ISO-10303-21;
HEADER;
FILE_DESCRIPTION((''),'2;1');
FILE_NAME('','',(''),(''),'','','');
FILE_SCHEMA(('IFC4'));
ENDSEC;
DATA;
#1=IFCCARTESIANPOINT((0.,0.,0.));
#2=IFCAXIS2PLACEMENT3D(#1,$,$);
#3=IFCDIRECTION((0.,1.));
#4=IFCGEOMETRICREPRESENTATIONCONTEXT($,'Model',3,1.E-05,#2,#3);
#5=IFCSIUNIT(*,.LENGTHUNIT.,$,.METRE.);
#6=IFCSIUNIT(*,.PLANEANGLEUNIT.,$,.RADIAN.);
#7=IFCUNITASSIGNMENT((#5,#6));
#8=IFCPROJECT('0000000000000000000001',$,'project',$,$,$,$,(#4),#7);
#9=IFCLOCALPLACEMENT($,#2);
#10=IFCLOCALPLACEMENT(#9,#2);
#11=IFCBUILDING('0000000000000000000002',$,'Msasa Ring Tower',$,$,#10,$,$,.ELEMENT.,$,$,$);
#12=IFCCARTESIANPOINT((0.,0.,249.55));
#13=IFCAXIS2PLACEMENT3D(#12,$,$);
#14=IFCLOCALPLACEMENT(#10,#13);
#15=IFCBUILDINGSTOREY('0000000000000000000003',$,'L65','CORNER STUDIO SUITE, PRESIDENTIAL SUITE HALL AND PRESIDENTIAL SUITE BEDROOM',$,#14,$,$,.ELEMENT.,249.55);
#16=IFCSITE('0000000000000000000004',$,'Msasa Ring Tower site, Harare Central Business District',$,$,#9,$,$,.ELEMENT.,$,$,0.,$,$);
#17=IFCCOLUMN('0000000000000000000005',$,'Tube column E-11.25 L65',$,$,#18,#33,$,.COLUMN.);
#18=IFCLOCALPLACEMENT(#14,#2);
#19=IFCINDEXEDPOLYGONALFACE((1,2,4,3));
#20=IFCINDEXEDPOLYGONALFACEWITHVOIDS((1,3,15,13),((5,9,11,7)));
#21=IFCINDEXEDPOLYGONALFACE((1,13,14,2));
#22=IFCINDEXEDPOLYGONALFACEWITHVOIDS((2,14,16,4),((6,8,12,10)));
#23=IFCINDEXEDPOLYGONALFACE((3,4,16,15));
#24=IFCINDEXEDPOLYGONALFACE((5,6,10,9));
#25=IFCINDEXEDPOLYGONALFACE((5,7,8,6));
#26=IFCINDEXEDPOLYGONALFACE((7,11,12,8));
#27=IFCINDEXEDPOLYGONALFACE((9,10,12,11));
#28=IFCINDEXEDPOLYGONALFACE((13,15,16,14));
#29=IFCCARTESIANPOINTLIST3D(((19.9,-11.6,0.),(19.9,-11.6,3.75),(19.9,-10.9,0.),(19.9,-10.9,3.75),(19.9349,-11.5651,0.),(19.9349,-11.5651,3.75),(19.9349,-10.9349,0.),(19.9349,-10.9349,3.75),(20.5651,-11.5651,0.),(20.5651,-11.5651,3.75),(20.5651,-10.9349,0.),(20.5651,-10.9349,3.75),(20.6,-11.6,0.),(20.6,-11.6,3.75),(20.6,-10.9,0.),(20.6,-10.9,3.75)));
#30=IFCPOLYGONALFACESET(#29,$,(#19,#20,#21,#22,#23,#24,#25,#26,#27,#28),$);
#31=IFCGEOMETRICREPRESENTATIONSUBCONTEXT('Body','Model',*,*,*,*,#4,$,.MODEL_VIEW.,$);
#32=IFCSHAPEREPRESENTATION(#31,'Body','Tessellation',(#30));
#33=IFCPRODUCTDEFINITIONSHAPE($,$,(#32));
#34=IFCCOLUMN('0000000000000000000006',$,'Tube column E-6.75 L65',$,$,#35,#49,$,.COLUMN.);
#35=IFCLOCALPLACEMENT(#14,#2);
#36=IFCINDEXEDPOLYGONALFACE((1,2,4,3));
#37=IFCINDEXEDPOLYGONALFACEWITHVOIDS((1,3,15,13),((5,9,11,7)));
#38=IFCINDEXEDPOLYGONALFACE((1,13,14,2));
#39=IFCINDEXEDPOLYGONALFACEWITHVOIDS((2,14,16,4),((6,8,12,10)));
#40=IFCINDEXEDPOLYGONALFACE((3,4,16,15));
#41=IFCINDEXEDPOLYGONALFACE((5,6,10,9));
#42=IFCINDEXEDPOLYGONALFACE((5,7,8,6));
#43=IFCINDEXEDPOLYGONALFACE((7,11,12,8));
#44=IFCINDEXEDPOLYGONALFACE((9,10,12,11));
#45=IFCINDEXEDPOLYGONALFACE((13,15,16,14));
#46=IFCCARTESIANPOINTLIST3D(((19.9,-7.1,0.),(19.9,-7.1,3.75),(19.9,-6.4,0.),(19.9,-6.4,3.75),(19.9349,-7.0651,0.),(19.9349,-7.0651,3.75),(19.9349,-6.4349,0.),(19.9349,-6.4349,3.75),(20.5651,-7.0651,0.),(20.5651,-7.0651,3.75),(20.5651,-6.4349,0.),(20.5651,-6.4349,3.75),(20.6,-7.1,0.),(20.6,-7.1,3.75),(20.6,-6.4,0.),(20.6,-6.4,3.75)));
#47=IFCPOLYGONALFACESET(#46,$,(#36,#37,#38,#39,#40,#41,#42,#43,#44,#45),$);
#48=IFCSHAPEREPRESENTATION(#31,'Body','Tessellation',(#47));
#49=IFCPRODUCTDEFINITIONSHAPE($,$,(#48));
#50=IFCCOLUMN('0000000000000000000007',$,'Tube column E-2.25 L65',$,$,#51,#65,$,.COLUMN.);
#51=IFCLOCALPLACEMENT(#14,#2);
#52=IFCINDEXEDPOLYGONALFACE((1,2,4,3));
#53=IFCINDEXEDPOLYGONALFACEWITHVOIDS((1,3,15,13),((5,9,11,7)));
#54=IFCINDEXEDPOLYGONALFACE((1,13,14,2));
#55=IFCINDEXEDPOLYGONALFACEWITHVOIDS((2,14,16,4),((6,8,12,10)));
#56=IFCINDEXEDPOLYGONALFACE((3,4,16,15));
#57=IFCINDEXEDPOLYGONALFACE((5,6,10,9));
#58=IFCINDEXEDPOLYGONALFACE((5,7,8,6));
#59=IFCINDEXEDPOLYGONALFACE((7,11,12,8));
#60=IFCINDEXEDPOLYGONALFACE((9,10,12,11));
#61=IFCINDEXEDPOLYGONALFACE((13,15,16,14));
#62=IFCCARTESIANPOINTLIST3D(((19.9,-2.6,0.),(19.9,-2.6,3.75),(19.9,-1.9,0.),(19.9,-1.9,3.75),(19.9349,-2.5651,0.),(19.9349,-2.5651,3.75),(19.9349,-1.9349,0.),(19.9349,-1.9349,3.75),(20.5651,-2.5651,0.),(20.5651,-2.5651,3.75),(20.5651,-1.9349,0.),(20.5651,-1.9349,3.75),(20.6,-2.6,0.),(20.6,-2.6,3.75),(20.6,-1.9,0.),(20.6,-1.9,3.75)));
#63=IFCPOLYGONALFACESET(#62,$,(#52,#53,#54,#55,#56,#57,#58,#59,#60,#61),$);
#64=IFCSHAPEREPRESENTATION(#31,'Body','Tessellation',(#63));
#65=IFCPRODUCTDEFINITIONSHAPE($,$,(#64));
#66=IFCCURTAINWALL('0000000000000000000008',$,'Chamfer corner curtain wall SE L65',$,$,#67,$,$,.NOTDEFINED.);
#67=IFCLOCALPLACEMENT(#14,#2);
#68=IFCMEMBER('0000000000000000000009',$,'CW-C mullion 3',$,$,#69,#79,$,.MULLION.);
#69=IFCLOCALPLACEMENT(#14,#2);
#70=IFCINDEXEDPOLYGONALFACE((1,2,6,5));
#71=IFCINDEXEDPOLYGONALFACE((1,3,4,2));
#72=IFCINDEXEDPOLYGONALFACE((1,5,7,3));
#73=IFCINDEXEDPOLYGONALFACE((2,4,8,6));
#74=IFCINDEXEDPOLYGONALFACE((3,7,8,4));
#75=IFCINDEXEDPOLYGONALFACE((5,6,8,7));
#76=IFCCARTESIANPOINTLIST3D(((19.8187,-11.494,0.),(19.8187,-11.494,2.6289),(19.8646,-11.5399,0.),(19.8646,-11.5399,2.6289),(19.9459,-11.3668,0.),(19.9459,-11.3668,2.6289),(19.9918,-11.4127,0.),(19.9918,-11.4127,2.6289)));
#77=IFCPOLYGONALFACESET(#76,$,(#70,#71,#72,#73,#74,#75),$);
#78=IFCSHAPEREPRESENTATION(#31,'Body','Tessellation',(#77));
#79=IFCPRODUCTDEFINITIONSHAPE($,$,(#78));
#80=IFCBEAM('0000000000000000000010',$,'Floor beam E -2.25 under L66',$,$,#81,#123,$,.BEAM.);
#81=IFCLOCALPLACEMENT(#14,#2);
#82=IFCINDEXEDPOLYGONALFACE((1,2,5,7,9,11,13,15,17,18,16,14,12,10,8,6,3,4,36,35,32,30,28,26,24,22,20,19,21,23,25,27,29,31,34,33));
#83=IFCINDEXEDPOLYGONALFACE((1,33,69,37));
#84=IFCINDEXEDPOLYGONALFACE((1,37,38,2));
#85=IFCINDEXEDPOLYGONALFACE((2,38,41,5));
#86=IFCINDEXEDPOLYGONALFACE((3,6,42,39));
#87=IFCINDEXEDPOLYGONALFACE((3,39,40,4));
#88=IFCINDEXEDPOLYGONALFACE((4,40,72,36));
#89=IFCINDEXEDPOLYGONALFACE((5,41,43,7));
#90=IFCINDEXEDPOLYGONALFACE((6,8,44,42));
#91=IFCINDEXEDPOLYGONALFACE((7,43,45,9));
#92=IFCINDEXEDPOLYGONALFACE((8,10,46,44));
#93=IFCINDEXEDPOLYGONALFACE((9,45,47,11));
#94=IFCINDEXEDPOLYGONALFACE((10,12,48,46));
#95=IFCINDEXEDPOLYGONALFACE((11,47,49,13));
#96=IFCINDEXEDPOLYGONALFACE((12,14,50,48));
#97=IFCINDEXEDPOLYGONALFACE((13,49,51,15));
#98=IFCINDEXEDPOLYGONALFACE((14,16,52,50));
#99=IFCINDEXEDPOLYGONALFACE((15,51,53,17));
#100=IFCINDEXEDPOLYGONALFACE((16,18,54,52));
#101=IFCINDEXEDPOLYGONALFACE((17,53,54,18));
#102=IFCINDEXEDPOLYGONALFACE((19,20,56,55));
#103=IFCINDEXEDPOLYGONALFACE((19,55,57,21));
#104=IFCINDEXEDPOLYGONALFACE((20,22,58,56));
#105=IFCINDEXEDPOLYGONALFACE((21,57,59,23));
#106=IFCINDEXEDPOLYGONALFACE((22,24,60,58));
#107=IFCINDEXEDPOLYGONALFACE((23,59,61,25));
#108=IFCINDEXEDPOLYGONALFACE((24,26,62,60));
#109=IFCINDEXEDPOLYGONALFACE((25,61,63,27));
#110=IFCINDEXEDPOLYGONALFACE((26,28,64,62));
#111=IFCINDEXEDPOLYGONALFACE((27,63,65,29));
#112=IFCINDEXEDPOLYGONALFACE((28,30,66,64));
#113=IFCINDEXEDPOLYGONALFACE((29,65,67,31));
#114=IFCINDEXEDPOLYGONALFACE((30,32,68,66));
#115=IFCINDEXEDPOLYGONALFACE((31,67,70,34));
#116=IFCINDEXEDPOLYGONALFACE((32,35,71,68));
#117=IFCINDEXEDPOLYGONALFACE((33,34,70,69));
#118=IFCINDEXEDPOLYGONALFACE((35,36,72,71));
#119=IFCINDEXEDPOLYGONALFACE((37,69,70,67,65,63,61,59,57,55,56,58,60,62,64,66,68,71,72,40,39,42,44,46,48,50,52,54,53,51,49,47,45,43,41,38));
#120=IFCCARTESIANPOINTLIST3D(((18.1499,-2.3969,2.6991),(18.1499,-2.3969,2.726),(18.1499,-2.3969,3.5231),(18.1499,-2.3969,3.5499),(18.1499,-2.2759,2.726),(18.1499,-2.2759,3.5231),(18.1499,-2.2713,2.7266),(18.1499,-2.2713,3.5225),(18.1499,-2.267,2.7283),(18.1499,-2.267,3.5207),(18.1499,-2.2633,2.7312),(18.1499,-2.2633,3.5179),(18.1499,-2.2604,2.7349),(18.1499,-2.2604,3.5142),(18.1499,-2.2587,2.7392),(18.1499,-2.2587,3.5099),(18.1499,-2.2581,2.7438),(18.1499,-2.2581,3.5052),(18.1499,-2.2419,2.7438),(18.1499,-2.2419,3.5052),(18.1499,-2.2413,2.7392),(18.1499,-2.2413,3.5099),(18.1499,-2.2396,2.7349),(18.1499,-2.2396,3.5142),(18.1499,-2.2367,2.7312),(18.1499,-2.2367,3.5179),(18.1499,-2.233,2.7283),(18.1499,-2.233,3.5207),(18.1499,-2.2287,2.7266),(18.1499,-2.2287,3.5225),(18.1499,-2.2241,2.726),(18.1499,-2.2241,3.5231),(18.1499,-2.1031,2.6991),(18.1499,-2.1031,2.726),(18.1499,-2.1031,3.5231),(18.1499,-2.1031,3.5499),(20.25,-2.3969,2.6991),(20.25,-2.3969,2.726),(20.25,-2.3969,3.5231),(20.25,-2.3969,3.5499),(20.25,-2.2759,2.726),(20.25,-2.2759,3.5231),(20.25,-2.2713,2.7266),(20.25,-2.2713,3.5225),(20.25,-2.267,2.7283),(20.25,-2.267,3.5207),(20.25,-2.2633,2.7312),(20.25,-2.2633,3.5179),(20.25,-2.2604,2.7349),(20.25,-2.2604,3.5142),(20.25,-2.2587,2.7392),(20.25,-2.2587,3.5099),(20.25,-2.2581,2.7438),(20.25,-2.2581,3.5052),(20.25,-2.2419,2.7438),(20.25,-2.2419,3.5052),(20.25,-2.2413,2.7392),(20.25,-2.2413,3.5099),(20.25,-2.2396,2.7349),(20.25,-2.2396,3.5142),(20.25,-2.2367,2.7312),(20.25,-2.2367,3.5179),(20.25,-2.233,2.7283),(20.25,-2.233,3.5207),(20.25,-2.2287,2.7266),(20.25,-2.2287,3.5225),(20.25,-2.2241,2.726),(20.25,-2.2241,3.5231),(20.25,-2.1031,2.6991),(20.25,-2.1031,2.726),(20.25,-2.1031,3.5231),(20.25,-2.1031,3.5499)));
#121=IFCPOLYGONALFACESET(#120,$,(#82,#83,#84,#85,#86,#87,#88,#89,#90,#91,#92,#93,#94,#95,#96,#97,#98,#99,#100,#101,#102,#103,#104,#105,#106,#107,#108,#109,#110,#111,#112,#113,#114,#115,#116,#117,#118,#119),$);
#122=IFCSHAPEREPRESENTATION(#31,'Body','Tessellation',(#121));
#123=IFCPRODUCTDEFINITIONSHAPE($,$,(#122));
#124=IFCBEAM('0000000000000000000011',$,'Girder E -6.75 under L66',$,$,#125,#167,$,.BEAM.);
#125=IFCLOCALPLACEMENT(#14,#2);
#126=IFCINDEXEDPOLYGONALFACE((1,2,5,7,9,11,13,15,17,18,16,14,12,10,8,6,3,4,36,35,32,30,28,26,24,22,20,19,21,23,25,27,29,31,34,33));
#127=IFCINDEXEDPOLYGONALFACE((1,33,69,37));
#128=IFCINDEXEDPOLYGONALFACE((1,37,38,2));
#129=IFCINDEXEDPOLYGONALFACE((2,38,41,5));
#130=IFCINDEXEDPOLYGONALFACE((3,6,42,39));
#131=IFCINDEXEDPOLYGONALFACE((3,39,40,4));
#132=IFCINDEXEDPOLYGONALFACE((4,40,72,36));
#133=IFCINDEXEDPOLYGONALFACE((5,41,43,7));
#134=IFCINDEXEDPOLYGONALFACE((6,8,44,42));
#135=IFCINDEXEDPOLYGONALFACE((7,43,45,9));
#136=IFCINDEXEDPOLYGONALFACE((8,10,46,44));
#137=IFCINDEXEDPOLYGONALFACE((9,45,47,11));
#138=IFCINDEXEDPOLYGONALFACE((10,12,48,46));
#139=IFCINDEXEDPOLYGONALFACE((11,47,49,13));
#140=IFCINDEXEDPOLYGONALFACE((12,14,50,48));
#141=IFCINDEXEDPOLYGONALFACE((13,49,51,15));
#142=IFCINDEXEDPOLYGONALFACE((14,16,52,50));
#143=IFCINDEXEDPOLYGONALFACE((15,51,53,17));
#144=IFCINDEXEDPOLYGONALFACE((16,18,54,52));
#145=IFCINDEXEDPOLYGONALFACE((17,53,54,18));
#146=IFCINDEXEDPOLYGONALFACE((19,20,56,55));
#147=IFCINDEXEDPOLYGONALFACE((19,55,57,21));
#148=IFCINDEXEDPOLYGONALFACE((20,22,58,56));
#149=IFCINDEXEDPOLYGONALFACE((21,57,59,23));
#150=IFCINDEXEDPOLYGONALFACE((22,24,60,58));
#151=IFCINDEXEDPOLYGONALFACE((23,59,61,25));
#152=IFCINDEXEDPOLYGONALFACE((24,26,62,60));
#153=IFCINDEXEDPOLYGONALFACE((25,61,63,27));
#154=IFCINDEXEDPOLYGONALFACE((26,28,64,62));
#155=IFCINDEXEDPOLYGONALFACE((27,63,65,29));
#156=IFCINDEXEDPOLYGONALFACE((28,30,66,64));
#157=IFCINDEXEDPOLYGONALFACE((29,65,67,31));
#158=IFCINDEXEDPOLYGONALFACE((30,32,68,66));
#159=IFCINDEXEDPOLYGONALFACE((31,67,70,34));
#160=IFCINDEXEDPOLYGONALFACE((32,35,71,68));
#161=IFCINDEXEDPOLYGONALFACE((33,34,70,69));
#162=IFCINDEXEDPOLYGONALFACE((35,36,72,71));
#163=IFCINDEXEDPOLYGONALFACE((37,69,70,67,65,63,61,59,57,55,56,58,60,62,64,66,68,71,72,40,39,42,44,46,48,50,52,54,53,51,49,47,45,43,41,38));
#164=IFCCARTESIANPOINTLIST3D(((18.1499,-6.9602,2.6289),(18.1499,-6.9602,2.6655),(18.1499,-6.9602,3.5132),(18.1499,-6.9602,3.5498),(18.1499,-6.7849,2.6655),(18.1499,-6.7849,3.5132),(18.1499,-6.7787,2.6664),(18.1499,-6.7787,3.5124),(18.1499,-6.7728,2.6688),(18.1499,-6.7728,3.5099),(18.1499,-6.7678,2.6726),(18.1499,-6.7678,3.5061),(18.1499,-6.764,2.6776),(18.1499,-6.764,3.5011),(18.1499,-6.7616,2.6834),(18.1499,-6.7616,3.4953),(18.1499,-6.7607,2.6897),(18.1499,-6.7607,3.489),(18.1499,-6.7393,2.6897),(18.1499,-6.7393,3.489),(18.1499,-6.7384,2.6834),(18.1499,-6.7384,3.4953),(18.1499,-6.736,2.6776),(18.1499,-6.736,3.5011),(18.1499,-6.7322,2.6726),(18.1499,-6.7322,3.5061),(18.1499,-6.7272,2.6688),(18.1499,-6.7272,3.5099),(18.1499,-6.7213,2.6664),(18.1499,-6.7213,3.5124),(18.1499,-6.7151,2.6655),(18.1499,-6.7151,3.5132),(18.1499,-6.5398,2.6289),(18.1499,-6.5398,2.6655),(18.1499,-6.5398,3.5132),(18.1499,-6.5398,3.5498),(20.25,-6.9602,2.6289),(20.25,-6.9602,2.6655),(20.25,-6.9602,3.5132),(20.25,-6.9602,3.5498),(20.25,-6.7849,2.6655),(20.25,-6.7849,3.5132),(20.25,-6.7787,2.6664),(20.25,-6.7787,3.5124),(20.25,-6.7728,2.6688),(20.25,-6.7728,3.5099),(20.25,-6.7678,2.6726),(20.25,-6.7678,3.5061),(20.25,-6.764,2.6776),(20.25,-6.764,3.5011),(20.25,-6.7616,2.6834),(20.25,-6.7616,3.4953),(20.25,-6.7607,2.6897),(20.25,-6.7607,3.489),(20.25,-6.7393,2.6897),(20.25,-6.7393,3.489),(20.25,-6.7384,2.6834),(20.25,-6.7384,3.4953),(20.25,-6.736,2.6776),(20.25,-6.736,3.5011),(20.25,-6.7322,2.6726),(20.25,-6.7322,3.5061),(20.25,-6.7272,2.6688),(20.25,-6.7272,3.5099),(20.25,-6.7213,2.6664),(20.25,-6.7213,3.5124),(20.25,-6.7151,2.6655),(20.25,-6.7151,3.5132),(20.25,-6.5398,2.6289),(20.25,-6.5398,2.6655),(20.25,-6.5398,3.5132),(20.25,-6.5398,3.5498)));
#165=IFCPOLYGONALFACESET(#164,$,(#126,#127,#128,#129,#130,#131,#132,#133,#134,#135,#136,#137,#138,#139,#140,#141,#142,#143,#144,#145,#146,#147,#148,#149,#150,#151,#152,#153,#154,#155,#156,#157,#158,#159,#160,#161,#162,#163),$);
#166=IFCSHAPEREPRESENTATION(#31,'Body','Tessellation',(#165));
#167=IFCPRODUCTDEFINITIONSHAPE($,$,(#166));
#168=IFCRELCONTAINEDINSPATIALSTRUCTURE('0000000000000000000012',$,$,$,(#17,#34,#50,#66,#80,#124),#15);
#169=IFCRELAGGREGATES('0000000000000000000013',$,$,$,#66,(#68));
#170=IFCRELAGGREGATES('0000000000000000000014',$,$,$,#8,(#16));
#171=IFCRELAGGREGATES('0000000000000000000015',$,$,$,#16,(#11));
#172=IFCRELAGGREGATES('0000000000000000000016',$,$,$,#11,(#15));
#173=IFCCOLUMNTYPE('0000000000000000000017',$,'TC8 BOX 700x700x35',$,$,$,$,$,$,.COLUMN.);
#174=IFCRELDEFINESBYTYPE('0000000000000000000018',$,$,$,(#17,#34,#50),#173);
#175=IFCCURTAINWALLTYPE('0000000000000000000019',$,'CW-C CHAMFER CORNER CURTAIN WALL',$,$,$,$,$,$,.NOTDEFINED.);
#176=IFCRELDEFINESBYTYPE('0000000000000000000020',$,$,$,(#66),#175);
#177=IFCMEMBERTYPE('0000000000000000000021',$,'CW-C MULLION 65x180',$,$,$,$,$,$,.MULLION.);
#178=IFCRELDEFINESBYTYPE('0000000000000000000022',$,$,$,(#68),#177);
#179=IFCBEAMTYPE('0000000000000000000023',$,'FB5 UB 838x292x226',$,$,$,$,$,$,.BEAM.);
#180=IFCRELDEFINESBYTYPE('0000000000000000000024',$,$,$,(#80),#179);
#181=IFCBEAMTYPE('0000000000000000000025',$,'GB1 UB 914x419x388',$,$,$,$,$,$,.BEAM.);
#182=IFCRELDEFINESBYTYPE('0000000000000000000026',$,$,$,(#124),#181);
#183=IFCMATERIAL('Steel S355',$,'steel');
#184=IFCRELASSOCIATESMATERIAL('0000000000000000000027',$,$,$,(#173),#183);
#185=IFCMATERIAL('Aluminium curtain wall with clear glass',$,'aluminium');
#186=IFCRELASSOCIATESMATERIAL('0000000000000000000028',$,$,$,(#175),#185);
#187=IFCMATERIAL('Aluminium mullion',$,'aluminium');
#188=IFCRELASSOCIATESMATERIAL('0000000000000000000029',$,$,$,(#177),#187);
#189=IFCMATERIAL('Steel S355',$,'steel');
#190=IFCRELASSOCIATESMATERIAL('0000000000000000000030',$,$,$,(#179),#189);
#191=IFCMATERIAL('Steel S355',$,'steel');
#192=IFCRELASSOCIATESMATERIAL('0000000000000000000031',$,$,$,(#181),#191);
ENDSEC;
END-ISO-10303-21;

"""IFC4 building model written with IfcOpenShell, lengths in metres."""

from ifc_helpers import new_model, si_unit, direction, frame, origin, origin_2d, place, context, subcontext, project, spatial, rectangle, hollow_rectangle, i_section, extrude, material, material_profile, profile_set, type_object, element, aggregate, save


model = new_model("IFC4")

# Units and contexts
model_context = context("Model", 3, precision=1e-05, world=origin(), true_north=direction((0.0, 1.0)))
body_context = subcontext(model_context, "Body", "Model", "MODEL_VIEW")
ifc_project = project(units=[si_unit("LENGTHUNIT", "METRE"), si_unit("PLANEANGLEUNIT", "RADIAN")], contexts=[model_context])

# Site, building, storey
site_placement = place(None, origin())
site = spatial("IfcSite", under=ifc_project, at=site_placement, Name="Msasa Ring Tower site, Harare Central Business District", CompositionType="ELEMENT", RefElevation=0.0)
building_placement = place(site_placement, origin())
building = spatial("IfcBuilding", under=site, at=building_placement, Name="Msasa Ring Tower", CompositionType="ELEMENT")
storey_placement = place(building_placement, frame((0.0, 0.0, 249.55)))
storey = spatial("IfcBuildingStorey", under=building, at=storey_placement, Name="L65", Description="CORNER STUDIO SUITE, PRESIDENTIAL SUITE HALL AND PRESIDENTIAL SUITE BEDROOM", CompositionType="ELEMENT", Elevation=249.55)

# Columns
ifc_material_1 = material(Name="Steel S355", Category="steel")
ifc_material_profile_1 = material_profile(ifc_material_1, hollow_rectangle(XDim=0.7, YDim=0.7, WallThickness=0.0349, at=origin_2d()), Name="BOX 700x700x35")
ifc_profile_set_1 = profile_set([ifc_material_profile_1], Name="Steel S355")
column_type = type_object("IfcColumnType", Name="TC8 BOX 700x700x35", PredefinedType="COLUMN", material=ifc_profile_set_1)
for number, where, z_axis, x_axis, name in (
    (1, (20.25, -11.25, 0.0), (0.0, 0.0, 1.0), (1.0, 0.0, 0.0), "Tube column E-11.25 L65"),
    (2, (20.25, -6.75, 0.0), (0.0, 0.0, 1.0), (1.0, 0.0, 0.0), "Tube column E-6.75 L65"),
    (3, (20.25, -2.25, 0.0), (0.0, 0.0, 1.0), (1.0, 0.0, 0.0), "Tube column E-2.25 L65"),
):
    element("IfcColumn", number, at=place(storey_placement, frame(where, z_axis=z_axis, x_axis=x_axis)), inside=storey, type_object=column_type, Name=name, PredefinedType="COLUMN", context=body_context, shape_type="SweptSolid", body=[
        extrude(hollow_rectangle(XDim=0.7, YDim=0.7, WallThickness=0.0349, at=origin_2d()), origin(), (0.0, 0.0, 1.0), 3.75),
    ])

# Curtain wall, member
ifc_material_2 = material(Name="Aluminium curtain wall with clear glass", Category="aluminium")
curtain_wall_type = type_object("IfcCurtainWallType", Name="CW-C CHAMFER CORNER CURTAIN WALL", PredefinedType="NOTDEFINED", material=ifc_material_2)
curtain_wall_placement = place(storey_placement, origin())
curtain_wall = element("IfcCurtainWall", 4, at=curtain_wall_placement, inside=storey, type_object=curtain_wall_type, Name="Chamfer corner curtain wall SE L65", PredefinedType="NOTDEFINED")
ifc_material_3 = material(Name="Aluminium mullion", Category="aluminium")
ifc_material_profile_2 = material_profile(ifc_material_3, rectangle(XDim=0.0649, YDim=0.1799, at=origin_2d()), Name="AL 65x180")
ifc_profile_set_2 = profile_set([ifc_material_profile_2], Name="Aluminium mullion")
member_type = type_object("IfcMemberType", Name="CW-C MULLION 65x180", PredefinedType="MULLION", material=ifc_profile_set_2)
member_placement = place(storey_placement, frame((19.9053, -11.4534, 0.0), z_axis=(0.0, 0.0, 1.0), x_axis=(-0.707107, 0.707107, 0.0)))
member = element("IfcMember", 5, at=member_placement, type_object=member_type, Name="CW-C mullion 3", PredefinedType="MULLION", context=body_context, shape_type="SweptSolid", body=[
    extrude(rectangle(XDim=0.0649, YDim=0.1799, at=origin_2d()), origin(), (0.0, 0.0, 1.0), 2.6289),
])
aggregate(curtain_wall, [member])

# Beams
ifc_material_4 = material(Name="Steel S355", Category="steel")
ifc_material_profile_3 = material_profile(ifc_material_4, i_section(OverallWidth=0.2937, OverallDepth=0.8508, WebThickness=0.0161, FlangeThickness=0.0269, FilletRadius=0.0178, at=origin_2d()), Name="UB 838x292x226")
ifc_profile_set_3 = profile_set([ifc_material_profile_3], Name="Steel S355")
beam_type_1 = type_object("IfcBeamType", Name="FB5 UB 838x292x226", PredefinedType="BEAM", material=ifc_profile_set_3)
beam_1_placement = place(storey_placement, frame((20.25, -2.25, 3.1245), z_axis=(-1.0, 0.0, 0.0), x_axis=(0.0, -1.0, 0.0)))
element("IfcBeam", 6, at=beam_1_placement, inside=storey, type_object=beam_type_1, Name="Floor beam E -2.25 under L66", PredefinedType="BEAM", context=body_context, shape_type="SweptSolid", body=[
    extrude(i_section(OverallWidth=0.2937, OverallDepth=0.8508, WebThickness=0.0161, FlangeThickness=0.0269, FilletRadius=0.0178, at=origin_2d()), origin(), (0.0, 0.0, 1.0), 2.1001),
])
ifc_material_5 = material(Name="Steel S355", Category="steel")
ifc_material_profile_4 = material_profile(ifc_material_5, i_section(OverallWidth=0.4204, OverallDepth=0.9209, WebThickness=0.0215, FlangeThickness=0.0366, FilletRadius=0.0242, at=origin_2d()), Name="UB 914x419x388")
ifc_profile_set_4 = profile_set([ifc_material_profile_4], Name="Steel S355")
beam_type_2 = type_object("IfcBeamType", Name="GB1 UB 914x419x388", PredefinedType="BEAM", material=ifc_profile_set_4)
beam_2_placement = place(storey_placement, frame((18.1499, -6.75, 3.0894), z_axis=(1.0, 0.0, 0.0), x_axis=(0.0, 1.0, 0.0)))
element("IfcBeam", 7, at=beam_2_placement, inside=storey, type_object=beam_type_2, Name="Girder E -6.75 under L66", PredefinedType="BEAM", context=body_context, shape_type="SweptSolid", body=[
    extrude(i_section(OverallWidth=0.4204, OverallDepth=0.9209, WebThickness=0.0215, FlangeThickness=0.0366, FilletRadius=0.0242, at=origin_2d()), origin(), (0.0, 0.0, 1.0), 2.1001),
])

save(model, "model.ifc")
